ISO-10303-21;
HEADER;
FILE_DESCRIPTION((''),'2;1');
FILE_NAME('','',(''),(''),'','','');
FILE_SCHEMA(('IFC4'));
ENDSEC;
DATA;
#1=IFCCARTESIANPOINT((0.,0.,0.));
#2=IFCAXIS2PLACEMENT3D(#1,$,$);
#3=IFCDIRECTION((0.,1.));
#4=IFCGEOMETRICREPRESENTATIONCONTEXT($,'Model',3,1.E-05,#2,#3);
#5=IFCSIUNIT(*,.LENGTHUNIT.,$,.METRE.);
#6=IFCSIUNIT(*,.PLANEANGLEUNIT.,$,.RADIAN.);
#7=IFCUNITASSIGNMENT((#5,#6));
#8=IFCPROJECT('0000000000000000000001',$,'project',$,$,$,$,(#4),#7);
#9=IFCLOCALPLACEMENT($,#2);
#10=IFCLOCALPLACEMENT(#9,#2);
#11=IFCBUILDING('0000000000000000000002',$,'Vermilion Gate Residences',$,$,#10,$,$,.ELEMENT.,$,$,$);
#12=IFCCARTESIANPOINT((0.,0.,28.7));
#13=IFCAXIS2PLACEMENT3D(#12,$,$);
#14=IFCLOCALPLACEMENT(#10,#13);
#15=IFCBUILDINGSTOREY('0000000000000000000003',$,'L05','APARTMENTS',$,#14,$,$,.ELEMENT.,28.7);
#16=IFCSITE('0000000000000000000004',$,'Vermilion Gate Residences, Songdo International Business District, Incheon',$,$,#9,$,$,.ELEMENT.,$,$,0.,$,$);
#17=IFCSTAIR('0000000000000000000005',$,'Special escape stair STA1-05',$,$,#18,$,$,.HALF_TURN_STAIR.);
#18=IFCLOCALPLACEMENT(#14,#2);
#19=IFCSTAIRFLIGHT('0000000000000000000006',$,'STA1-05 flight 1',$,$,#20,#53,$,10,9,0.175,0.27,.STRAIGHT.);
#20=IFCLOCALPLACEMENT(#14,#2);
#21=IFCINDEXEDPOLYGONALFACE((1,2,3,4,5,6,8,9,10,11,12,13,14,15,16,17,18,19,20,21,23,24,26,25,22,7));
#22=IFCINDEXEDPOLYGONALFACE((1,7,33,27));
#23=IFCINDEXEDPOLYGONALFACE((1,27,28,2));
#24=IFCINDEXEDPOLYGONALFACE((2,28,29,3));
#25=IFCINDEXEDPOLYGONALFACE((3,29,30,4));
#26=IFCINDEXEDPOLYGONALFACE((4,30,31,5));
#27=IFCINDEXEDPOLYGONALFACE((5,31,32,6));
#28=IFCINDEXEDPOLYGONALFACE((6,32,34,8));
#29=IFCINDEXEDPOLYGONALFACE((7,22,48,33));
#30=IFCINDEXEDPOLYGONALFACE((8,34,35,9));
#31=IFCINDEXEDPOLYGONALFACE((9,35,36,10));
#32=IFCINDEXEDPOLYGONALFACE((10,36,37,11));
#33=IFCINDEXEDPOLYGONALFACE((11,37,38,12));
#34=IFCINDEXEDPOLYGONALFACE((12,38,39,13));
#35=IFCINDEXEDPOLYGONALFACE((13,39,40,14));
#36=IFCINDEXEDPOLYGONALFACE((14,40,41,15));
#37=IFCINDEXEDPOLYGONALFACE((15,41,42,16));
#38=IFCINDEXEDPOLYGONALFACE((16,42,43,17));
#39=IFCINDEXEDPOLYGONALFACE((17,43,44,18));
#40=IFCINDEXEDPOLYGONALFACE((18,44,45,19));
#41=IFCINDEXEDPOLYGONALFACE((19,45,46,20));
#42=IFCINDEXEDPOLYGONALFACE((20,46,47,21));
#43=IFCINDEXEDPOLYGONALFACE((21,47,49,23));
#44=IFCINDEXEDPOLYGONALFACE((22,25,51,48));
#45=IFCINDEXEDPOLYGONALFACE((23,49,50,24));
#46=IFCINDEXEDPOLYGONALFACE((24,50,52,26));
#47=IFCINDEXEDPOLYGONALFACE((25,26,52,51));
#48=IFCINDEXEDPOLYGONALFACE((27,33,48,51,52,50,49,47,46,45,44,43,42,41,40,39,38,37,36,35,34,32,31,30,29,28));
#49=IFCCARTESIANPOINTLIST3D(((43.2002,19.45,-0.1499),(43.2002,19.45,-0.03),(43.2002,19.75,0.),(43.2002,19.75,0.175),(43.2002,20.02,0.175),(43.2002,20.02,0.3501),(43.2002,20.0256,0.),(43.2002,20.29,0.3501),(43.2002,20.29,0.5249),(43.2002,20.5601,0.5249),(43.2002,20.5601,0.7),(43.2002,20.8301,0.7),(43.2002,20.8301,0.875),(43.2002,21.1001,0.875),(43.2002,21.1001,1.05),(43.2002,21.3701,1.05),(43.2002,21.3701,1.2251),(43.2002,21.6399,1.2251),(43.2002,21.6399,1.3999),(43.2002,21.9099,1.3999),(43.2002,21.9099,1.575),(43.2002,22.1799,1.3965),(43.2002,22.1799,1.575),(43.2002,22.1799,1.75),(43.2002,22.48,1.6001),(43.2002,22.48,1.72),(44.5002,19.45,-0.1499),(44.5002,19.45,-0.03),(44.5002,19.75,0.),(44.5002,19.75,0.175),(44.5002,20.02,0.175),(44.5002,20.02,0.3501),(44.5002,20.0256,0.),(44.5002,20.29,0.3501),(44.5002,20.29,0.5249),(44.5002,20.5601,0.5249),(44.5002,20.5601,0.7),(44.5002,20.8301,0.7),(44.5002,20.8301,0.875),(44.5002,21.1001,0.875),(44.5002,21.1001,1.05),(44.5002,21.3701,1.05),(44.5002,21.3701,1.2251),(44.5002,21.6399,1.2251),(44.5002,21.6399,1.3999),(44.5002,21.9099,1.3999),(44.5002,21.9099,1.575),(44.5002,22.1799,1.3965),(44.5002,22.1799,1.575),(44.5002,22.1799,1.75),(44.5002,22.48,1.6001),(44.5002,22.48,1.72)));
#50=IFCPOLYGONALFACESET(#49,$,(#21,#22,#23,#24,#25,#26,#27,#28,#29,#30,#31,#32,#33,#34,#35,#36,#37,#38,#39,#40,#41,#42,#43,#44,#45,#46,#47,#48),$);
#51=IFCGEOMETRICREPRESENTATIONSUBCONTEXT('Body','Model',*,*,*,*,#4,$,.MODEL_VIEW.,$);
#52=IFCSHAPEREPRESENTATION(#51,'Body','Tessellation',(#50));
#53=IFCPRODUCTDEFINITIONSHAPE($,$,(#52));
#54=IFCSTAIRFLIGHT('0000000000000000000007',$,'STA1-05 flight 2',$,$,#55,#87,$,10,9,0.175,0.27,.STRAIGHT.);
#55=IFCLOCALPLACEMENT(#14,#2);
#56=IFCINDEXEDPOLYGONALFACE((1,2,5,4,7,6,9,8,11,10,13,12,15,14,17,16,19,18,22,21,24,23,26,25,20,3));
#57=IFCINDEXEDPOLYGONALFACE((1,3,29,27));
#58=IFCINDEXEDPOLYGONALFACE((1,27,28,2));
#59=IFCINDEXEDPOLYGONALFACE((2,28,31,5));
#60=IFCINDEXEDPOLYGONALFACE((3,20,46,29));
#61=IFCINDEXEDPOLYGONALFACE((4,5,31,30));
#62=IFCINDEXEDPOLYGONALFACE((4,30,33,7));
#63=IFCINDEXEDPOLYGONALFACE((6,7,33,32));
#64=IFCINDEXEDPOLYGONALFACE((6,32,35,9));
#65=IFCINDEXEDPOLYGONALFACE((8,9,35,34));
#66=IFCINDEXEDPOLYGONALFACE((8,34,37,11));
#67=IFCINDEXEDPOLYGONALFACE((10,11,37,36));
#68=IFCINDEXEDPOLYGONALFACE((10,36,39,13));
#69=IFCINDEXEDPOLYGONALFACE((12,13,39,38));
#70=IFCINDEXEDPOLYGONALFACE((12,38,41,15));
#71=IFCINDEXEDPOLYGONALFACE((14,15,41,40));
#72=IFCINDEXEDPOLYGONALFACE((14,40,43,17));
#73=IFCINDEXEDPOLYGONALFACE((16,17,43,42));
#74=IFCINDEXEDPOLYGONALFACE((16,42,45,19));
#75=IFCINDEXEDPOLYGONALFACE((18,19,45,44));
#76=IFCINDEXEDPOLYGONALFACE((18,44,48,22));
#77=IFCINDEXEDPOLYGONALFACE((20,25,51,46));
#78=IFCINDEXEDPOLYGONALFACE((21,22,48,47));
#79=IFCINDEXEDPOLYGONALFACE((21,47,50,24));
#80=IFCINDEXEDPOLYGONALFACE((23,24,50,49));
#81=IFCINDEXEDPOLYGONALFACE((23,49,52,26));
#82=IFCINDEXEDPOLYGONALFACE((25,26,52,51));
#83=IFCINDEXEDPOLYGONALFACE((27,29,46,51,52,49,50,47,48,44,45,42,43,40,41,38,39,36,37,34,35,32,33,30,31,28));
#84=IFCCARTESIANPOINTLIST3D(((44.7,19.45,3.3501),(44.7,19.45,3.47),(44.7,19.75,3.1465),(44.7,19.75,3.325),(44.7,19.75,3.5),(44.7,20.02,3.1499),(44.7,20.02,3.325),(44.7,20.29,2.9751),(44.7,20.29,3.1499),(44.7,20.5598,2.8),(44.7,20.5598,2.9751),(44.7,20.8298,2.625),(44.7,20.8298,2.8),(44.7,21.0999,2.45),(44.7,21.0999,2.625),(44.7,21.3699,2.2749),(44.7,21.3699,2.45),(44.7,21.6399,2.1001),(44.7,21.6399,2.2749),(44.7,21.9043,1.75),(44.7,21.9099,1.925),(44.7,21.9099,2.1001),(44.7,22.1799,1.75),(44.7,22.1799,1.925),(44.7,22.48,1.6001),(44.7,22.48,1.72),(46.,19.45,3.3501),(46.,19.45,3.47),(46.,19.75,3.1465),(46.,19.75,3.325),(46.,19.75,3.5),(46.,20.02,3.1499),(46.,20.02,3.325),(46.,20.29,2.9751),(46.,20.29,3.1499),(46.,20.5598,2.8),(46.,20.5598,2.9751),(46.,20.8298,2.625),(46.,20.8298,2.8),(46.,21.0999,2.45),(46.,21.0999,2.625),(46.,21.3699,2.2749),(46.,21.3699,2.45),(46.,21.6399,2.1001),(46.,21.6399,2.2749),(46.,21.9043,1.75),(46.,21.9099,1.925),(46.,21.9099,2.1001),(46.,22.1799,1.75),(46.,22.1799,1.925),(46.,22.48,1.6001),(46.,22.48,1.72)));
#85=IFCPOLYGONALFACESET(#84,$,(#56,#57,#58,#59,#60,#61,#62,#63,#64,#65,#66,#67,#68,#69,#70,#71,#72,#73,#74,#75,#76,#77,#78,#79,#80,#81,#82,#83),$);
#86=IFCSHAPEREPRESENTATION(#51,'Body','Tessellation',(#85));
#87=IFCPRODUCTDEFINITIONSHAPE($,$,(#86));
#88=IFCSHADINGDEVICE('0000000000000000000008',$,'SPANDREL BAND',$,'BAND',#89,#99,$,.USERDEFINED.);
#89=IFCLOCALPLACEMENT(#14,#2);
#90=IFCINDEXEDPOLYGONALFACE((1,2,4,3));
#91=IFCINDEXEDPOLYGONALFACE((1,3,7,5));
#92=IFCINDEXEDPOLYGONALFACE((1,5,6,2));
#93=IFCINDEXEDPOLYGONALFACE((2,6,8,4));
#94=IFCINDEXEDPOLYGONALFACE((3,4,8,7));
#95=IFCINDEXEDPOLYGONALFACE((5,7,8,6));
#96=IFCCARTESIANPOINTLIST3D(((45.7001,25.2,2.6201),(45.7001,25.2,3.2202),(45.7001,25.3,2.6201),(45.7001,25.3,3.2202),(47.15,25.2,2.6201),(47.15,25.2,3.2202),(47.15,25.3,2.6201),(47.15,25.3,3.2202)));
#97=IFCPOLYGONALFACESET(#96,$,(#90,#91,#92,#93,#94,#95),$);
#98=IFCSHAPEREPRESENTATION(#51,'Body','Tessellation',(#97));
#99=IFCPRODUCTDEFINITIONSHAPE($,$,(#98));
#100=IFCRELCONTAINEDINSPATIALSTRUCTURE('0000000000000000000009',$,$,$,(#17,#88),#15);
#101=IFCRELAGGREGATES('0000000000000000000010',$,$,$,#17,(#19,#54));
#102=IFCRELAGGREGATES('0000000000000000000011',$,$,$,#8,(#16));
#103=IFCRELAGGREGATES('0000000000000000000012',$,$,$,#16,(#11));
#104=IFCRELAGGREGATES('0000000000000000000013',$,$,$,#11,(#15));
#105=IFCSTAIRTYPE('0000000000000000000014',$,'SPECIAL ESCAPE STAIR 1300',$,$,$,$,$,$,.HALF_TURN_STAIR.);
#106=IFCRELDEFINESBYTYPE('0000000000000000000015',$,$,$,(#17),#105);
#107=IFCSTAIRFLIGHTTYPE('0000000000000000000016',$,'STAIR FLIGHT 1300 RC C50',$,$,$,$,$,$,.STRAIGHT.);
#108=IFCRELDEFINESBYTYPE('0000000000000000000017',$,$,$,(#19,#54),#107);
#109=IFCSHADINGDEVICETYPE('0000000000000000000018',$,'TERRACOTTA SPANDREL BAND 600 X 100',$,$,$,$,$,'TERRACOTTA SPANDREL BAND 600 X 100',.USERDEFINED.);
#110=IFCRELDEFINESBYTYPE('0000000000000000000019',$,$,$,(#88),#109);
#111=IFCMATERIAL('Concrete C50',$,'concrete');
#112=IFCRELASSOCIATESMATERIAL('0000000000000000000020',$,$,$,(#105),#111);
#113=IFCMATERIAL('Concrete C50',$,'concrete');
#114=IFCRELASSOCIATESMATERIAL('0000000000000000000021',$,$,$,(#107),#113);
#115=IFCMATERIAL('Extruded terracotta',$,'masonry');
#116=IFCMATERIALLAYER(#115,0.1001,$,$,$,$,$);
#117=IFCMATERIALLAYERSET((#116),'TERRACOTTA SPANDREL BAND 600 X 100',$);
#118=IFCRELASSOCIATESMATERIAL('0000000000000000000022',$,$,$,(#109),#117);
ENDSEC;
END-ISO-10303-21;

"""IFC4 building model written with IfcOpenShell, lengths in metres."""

from ifc_helpers import new_model, si_unit, direction, frame, origin, origin_2d, place, context, subcontext, project, spatial, polyline, rectangle, outline, extrude, material, layer, layer_set, type_object, element, aggregate, save


model = new_model("IFC4")

# Units and contexts
model_context = context("Model", 3, precision=1e-05, world=origin(), true_north=direction((0.0, 1.0)))
body_context = subcontext(model_context, "Body", "Model", "MODEL_VIEW")
ifc_project = project(units=[si_unit("LENGTHUNIT", "METRE"), si_unit("PLANEANGLEUNIT", "RADIAN")], contexts=[model_context])

# Site, building, storey
site_placement = place(None, origin())
site = spatial("IfcSite", under=ifc_project, at=site_placement, Name="Vermilion Gate Residences, Songdo International Business District, Incheon", CompositionType="ELEMENT", RefElevation=0.0)
building_placement = place(site_placement, origin())
building = spatial("IfcBuilding", under=site, at=building_placement, Name="Vermilion Gate Residences", CompositionType="ELEMENT")
storey_placement = place(building_placement, frame((0.0, 0.0, 28.7)))
storey = spatial("IfcBuildingStorey", under=building, at=storey_placement, Name="L05", Description="APARTMENTS", CompositionType="ELEMENT", Elevation=28.7)

# Stair, stair flights
ifc_material_1 = material(Name="Concrete C50", Category="concrete")
stair_type = type_object("IfcStairType", Name="SPECIAL ESCAPE STAIR 1300", PredefinedType="HALF_TURN_STAIR", material=ifc_material_1)
stair_placement = place(storey_placement, origin())
stair = element("IfcStair", 1, at=stair_placement, inside=storey, type_object=stair_type, Name="Special escape stair STA1-05", PredefinedType="HALF_TURN_STAIR")
ifc_material_2 = material(Name="Concrete C50", Category="concrete")
stair_flight_type = type_object("IfcStairFlightType", Name="STAIR FLIGHT 1300 RC C50", PredefinedType="STRAIGHT", material=ifc_material_2)
stair_flight_1_placement = place(storey_placement, frame((43.8501, 19.75, 0.0), z_axis=(0.0, 0.0, 1.0), x_axis=(0.0, 1.0, 0.0)))
stair_flight_1 = element("IfcStairFlight", 2, at=stair_flight_1_placement, type_object=stair_flight_type, Name="STA1-05 flight 1", NumberOfRisers=10, NumberOfTreads=9, PredefinedType="STRAIGHT", RiserHeight=0.175, TreadLength=0.27, context=body_context, shape_type="SweptSolid", body=[
    extrude(outline(polyline([(-0.3, -0.1499), (-0.3, -0.03), (0.0, 0.0), (0.0, 0.175), (0.27, 0.175), (0.27, 0.3501), (0.54, 0.3501), (0.54, 0.5249), (0.8101, 0.5249), (0.8101, 0.7), (1.0801, 0.7), (1.0801, 0.875), (1.3501, 0.875), (1.3501, 1.05), (1.6201, 1.05), (1.6201, 1.2251), (1.8899, 1.2251), (1.8899, 1.3999), (2.1599, 1.3999), (2.1599, 1.575), (2.4299, 1.575), (2.4299, 1.75), (2.73, 1.72), (2.73, 1.6001), (2.4299, 1.3965), (0.2756, 0.0), (-0.3, -0.1499)])), frame((0.0, 0.6499, 0.0), z_axis=(0.0, -1.0, 0.0), x_axis=(1.0, 0.0, 0.0)), (0.0, 0.0, 1.0), 1.3),
])
stair_flight_2_placement = place(storey_placement, frame((45.3501, 22.1799, 1.75), z_axis=(0.0, 0.0, 1.0), x_axis=(0.0, -1.0, 0.0)))
stair_flight_2 = element("IfcStairFlight", 3, at=stair_flight_2_placement, type_object=stair_flight_type, Name="STA1-05 flight 2", NumberOfRisers=10, NumberOfTreads=9, PredefinedType="STRAIGHT", RiserHeight=0.175, TreadLength=0.27, context=body_context, shape_type="SweptSolid", body=[
    extrude(outline(polyline([(-0.3, -0.1499), (-0.3, -0.03), (0.0, 0.0), (0.0, 0.175), (0.27, 0.175), (0.27, 0.3501), (0.54, 0.3501), (0.54, 0.5249), (0.8101, 0.5249), (0.8101, 0.7), (1.0801, 0.7), (1.0801, 0.875), (1.3501, 0.875), (1.3501, 1.05), (1.6201, 1.05), (1.6201, 1.2251), (1.8899, 1.2251), (1.8899, 1.3999), (2.1599, 1.3999), (2.1599, 1.575), (2.4299, 1.575), (2.4299, 1.75), (2.73, 1.72), (2.73, 1.6001), (2.4299, 1.3965), (0.2756, 0.0), (-0.3, -0.1499)])), frame((0.0, 0.6499, 0.0), z_axis=(0.0, -1.0, 0.0), x_axis=(1.0, 0.0, 0.0)), (0.0, 0.0, 1.0), 1.3),
])
aggregate(stair, [stair_flight_1, stair_flight_2])

# Shading device
ifc_material_3 = material(Name="Extruded terracotta", Category="masonry")
ifc_layer_1 = layer(ifc_material_3, 0.1001)
ifc_layer_set_1 = layer_set([ifc_layer_1], Name="TERRACOTTA SPANDREL BAND 600 X 100")
shading_device_type = type_object("IfcShadingDeviceType", Name="TERRACOTTA SPANDREL BAND 600 X 100", ElementType="TERRACOTTA SPANDREL BAND 600 X 100", PredefinedType="USERDEFINED", material=ifc_layer_set_1)
shading_device_placement = place(storey_placement, frame((46.425, 25.25, 2.6201), z_axis=(0.0, 0.0, 1.0), x_axis=(1.0, 0.0, 0.0)))
element("IfcShadingDevice", 4, at=shading_device_placement, inside=storey, type_object=shading_device_type, Name="SPANDREL BAND", ObjectType="BAND", PredefinedType="USERDEFINED", context=body_context, shape_type="SweptSolid", body=[
    extrude(rectangle(XDim=1.45, YDim=0.1001, at=origin_2d()), origin(), (0.0, 0.0, 1.0), 0.6001),
])

save(model, "model.ifc")
